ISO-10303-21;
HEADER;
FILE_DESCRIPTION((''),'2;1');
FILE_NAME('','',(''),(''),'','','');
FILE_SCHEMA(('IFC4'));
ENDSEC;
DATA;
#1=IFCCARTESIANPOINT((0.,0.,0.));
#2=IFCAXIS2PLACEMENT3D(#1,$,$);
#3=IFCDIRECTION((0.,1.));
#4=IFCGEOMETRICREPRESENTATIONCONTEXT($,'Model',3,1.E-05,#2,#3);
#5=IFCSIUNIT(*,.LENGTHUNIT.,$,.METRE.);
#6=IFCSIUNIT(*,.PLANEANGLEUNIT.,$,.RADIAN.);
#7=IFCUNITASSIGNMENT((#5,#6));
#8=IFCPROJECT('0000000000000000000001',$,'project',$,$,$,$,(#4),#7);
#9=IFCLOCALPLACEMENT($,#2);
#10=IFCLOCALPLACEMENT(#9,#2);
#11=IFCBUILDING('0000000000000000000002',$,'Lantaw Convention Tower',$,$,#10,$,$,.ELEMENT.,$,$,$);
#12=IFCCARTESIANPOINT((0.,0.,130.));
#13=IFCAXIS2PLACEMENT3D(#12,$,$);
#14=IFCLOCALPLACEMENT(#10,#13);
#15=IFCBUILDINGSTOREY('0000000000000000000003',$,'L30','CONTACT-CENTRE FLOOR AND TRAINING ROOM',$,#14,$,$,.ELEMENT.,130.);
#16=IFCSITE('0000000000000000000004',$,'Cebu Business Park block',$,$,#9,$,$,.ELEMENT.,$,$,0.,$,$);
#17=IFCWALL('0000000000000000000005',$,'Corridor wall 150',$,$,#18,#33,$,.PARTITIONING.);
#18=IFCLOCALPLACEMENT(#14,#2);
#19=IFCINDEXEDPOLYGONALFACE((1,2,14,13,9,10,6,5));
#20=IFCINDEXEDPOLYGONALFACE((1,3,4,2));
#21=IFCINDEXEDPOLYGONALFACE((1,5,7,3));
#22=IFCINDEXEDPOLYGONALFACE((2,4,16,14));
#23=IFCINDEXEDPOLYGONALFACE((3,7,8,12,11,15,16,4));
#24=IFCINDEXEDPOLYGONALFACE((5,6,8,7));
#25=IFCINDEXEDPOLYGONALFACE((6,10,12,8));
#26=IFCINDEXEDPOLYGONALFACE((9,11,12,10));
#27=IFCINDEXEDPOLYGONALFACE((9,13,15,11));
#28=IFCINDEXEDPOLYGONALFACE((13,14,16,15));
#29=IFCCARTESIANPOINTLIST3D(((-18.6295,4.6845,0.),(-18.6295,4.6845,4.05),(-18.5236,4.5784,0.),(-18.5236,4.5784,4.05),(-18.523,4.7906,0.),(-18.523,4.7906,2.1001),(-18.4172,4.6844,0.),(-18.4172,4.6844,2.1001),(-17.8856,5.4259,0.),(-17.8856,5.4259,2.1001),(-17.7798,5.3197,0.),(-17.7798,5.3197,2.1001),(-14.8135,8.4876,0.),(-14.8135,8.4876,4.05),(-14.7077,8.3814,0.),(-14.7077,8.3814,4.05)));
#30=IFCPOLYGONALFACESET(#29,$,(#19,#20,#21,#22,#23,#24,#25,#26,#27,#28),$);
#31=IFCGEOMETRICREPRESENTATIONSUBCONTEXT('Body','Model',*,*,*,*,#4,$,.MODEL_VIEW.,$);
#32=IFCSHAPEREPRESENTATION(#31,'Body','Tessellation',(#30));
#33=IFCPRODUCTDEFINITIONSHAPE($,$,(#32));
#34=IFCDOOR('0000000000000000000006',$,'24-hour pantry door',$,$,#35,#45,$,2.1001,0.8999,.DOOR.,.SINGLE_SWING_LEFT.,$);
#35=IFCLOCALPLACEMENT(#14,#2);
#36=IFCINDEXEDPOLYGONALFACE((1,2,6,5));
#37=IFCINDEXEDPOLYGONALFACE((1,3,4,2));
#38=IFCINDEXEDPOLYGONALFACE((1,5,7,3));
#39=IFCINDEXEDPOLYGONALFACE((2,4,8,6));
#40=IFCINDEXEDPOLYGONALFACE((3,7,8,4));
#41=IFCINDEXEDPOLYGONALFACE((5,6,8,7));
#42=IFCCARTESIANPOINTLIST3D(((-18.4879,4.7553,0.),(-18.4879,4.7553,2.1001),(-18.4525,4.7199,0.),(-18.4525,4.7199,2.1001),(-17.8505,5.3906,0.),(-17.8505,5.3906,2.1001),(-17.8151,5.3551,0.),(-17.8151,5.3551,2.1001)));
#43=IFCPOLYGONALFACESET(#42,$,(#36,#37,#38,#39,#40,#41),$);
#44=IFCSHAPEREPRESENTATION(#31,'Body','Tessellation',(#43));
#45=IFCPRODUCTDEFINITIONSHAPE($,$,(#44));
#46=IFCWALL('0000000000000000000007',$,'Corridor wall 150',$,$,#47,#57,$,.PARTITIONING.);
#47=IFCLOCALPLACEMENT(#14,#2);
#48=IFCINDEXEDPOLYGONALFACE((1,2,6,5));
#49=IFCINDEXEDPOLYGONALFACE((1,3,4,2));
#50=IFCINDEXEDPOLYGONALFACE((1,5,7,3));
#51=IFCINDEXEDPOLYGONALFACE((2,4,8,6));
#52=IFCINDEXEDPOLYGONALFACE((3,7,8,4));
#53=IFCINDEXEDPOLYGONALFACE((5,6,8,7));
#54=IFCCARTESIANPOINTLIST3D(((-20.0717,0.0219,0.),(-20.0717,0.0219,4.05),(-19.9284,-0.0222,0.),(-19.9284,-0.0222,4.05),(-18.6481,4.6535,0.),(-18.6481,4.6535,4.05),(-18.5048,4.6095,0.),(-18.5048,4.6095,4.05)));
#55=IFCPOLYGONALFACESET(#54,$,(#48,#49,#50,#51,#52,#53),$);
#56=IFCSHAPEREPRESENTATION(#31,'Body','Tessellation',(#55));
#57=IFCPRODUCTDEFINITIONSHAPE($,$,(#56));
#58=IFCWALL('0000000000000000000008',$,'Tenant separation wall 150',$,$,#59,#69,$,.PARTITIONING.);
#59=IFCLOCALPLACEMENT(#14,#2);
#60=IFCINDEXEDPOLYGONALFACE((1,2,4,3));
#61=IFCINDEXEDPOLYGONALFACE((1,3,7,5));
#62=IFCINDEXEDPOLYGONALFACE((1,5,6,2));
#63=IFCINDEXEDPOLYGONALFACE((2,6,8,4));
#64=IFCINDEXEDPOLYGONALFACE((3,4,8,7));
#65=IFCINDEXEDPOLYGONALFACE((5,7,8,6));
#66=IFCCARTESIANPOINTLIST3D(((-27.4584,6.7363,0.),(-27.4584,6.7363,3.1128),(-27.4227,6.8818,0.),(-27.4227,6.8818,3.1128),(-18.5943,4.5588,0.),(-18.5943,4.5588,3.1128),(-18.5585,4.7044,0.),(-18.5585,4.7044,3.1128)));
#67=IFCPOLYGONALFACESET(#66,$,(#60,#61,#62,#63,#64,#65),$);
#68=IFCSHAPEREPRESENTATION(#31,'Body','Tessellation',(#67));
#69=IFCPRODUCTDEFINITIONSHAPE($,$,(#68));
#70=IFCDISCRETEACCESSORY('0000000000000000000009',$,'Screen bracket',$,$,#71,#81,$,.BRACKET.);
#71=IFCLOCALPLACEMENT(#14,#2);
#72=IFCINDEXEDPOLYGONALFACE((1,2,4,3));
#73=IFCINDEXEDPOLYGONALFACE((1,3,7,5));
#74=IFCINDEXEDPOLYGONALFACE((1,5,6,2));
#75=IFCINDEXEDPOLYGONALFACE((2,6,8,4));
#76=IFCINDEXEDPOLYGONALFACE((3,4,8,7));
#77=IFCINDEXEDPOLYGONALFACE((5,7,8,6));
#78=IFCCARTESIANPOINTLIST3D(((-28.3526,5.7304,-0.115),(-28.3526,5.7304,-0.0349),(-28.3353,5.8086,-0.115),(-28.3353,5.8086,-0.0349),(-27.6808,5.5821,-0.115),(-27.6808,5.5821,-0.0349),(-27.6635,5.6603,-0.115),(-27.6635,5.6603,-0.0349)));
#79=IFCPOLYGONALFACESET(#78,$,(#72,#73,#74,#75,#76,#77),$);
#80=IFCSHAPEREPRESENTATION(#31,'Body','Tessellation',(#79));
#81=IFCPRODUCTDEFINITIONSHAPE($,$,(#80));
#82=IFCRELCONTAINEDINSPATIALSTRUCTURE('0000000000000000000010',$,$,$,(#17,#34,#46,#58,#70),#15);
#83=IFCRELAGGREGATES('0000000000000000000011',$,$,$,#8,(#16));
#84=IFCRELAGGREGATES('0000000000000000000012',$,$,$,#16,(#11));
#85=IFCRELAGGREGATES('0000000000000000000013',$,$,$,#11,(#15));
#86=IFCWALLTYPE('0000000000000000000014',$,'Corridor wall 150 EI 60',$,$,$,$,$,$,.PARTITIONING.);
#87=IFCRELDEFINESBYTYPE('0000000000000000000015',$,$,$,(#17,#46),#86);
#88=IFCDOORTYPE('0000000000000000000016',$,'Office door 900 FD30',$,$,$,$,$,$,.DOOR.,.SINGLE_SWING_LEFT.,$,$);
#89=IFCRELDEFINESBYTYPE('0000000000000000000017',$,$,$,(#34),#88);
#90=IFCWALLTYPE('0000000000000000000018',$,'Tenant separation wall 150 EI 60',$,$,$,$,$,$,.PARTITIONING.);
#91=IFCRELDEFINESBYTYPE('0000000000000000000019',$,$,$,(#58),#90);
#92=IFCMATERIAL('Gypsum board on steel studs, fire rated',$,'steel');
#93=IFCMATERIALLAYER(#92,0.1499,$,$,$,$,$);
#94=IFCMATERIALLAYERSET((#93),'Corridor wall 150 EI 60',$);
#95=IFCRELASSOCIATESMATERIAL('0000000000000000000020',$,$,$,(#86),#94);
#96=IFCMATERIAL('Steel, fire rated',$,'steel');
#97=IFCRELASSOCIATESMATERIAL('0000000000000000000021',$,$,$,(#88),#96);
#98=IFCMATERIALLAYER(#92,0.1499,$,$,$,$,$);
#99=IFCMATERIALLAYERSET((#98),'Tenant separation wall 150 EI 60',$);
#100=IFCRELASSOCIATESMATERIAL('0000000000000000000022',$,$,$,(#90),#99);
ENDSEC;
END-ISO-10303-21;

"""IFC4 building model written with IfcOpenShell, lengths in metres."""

from ifc_helpers import new_model, si_unit, direction, frame, frame_2d, origin, origin_2d, place, context, subcontext, project, spatial, rectangle, extrude, material, layer, layer_set, type_object, element, fill, save


model = new_model("IFC4")

# Units and contexts
model_context = context("Model", 3, precision=1e-05, world=origin(), true_north=direction((0.0, 1.0)))
body_context = subcontext(model_context, "Body", "Model", "MODEL_VIEW")
ifc_project = project(units=[si_unit("LENGTHUNIT", "METRE"), si_unit("PLANEANGLEUNIT", "RADIAN")], contexts=[model_context])

# Site, building, storey
site_placement = place(None, origin())
site = spatial("IfcSite", under=ifc_project, at=site_placement, Name="Cebu Business Park block", CompositionType="ELEMENT", RefElevation=0.0)
building_placement = place(site_placement, origin())
building = spatial("IfcBuilding", under=site, at=building_placement, Name="Lantaw Convention Tower", CompositionType="ELEMENT")
storey_placement = place(building_placement, frame((0.0, 0.0, 130.0)))
storey = spatial("IfcBuildingStorey", under=building, at=storey_placement, Name="L30", Description="CONTACT-CENTRE FLOOR AND TRAINING ROOM", CompositionType="ELEMENT", Elevation=130.0)

# Wall, opening, door
ifc_material_1 = material(Name="Gypsum board on steel studs, fire rated", Category="steel")
ifc_layer_1 = layer(ifc_material_1, 0.1499)
ifc_layer_set_1 = layer_set([ifc_layer_1], Name="Corridor wall 150 EI 60")
wall_type_1 = type_object("IfcWallType", Name="Corridor wall 150 EI 60", PredefinedType="PARTITIONING", material=ifc_layer_set_1)
wall_1_placement = place(storey_placement, frame((-14.7605, 8.4346, 0.0), z_axis=(0.0, 0.0, 1.0), x_axis=(-0.708307, -0.705905, 0.0)))
wall_1 = element("IfcWall", 1, at=wall_1_placement, inside=storey, type_object=wall_type_1, Name="Corridor wall 150", PredefinedType="PARTITIONING", context=body_context, shape_type="SweptSolid", body=[
    extrude(rectangle(XDim=5.3875, YDim=0.1499, at=frame_2d((2.6938, 0.0))), origin(), (0.0, 0.0, 1.0), 4.05),
])
opening_placement = place(wall_1_placement, frame((4.3374, 0.0, 0.0)))
opening = element("IfcOpeningElement", 2, at=opening_placement, cuts=wall_1, PredefinedType="OPENING", context=body_context, shape_type="SweptSolid", body=[
    extrude(rectangle(XDim=0.8999, YDim=2.1001, at=frame_2d((0.45, 1.05))), frame((0.0, 0.085, 0.0), z_axis=(0.0, -1.0, 0.0), x_axis=(1.0, 0.0, 0.0)), (0.0, 0.0, 1.0), 0.1699),
])
ifc_material_2 = material(Name="Steel, fire rated", Category="steel")
door_type = type_object("IfcDoorType", Name="Office door 900 FD30", OperationType="SINGLE_SWING_LEFT", PredefinedType="DOOR", material=ifc_material_2)
door_placement = place(opening_placement, origin())
door = element("IfcDoor", 3, at=door_placement, inside=storey, type_object=door_type, Name="24-hour pantry door", OperationType="SINGLE_SWING_LEFT", OverallHeight=2.1001, OverallWidth=0.8999, PredefinedType="DOOR", context=body_context, shape_type="SweptSolid", body=[
    extrude(rectangle(XDim=0.8999, YDim=2.1001, at=frame_2d((0.45, 1.05))), frame((0.0, 0.0249, 0.0), z_axis=(0.0, -1.0, 0.0), x_axis=(1.0, 0.0, 0.0)), (0.0, 0.0, 1.0), 0.05),
])
fill(opening, door)

# Walls
wall_2_placement = place(storey_placement, frame((-18.5764, 4.6316, 0.0), z_axis=(0.0, 0.0, 1.0), x_axis=(-0.293799, -0.955867, 0.0)))
element("IfcWall", 4, at=wall_2_placement, inside=storey, type_object=wall_type_1, Name="Corridor wall 150", PredefinedType="PARTITIONING", context=body_context, shape_type="SweptSolid", body=[
    extrude(rectangle(XDim=4.8455, YDim=0.1499, at=frame_2d((2.4229, 0.0))), origin(), (0.0, 0.0, 1.0), 4.05),
])
ifc_layer_2 = layer(ifc_material_1, 0.1499)
ifc_layer_set_2 = layer_set([ifc_layer_2], Name="Tenant separation wall 150 EI 60")
wall_type_2 = type_object("IfcWallType", Name="Tenant separation wall 150 EI 60", PredefinedType="PARTITIONING", material=ifc_layer_set_2)
wall_3_placement = place(storey_placement, frame((-27.4407, 6.8091, 0.0), z_axis=(0.0, 0.0, 1.0), x_axis=(0.971129, -0.238556, 0.0)))
element("IfcWall", 5, at=wall_3_placement, inside=storey, type_object=wall_type_2, Name="Tenant separation wall 150", PredefinedType="PARTITIONING", context=body_context, shape_type="SweptSolid", body=[
    extrude(rectangle(XDim=9.1277, YDim=0.1499, at=frame_2d((4.564, 0.0))), origin(), (0.0, 0.0, 1.0), 3.1128),
])

# Discrete accessory
discrete_accessory_placement = place(storey_placement, frame((-28.0081, 5.6953, -0.115), z_axis=(0.0, 0.0, 1.0), x_axis=(-0.215546, -0.976494, 0.0)))
element("IfcDiscreteAccessory", 6, at=discrete_accessory_placement, inside=storey, Name="Screen bracket", PredefinedType="BRACKET", context=body_context, shape_type="SweptSolid", body=[
    extrude(rectangle(XDim=0.0801, YDim=0.688, at=origin_2d()), origin(), (0.0, 0.0, 1.0), 0.0801),
])

save(model, "model.ifc")
